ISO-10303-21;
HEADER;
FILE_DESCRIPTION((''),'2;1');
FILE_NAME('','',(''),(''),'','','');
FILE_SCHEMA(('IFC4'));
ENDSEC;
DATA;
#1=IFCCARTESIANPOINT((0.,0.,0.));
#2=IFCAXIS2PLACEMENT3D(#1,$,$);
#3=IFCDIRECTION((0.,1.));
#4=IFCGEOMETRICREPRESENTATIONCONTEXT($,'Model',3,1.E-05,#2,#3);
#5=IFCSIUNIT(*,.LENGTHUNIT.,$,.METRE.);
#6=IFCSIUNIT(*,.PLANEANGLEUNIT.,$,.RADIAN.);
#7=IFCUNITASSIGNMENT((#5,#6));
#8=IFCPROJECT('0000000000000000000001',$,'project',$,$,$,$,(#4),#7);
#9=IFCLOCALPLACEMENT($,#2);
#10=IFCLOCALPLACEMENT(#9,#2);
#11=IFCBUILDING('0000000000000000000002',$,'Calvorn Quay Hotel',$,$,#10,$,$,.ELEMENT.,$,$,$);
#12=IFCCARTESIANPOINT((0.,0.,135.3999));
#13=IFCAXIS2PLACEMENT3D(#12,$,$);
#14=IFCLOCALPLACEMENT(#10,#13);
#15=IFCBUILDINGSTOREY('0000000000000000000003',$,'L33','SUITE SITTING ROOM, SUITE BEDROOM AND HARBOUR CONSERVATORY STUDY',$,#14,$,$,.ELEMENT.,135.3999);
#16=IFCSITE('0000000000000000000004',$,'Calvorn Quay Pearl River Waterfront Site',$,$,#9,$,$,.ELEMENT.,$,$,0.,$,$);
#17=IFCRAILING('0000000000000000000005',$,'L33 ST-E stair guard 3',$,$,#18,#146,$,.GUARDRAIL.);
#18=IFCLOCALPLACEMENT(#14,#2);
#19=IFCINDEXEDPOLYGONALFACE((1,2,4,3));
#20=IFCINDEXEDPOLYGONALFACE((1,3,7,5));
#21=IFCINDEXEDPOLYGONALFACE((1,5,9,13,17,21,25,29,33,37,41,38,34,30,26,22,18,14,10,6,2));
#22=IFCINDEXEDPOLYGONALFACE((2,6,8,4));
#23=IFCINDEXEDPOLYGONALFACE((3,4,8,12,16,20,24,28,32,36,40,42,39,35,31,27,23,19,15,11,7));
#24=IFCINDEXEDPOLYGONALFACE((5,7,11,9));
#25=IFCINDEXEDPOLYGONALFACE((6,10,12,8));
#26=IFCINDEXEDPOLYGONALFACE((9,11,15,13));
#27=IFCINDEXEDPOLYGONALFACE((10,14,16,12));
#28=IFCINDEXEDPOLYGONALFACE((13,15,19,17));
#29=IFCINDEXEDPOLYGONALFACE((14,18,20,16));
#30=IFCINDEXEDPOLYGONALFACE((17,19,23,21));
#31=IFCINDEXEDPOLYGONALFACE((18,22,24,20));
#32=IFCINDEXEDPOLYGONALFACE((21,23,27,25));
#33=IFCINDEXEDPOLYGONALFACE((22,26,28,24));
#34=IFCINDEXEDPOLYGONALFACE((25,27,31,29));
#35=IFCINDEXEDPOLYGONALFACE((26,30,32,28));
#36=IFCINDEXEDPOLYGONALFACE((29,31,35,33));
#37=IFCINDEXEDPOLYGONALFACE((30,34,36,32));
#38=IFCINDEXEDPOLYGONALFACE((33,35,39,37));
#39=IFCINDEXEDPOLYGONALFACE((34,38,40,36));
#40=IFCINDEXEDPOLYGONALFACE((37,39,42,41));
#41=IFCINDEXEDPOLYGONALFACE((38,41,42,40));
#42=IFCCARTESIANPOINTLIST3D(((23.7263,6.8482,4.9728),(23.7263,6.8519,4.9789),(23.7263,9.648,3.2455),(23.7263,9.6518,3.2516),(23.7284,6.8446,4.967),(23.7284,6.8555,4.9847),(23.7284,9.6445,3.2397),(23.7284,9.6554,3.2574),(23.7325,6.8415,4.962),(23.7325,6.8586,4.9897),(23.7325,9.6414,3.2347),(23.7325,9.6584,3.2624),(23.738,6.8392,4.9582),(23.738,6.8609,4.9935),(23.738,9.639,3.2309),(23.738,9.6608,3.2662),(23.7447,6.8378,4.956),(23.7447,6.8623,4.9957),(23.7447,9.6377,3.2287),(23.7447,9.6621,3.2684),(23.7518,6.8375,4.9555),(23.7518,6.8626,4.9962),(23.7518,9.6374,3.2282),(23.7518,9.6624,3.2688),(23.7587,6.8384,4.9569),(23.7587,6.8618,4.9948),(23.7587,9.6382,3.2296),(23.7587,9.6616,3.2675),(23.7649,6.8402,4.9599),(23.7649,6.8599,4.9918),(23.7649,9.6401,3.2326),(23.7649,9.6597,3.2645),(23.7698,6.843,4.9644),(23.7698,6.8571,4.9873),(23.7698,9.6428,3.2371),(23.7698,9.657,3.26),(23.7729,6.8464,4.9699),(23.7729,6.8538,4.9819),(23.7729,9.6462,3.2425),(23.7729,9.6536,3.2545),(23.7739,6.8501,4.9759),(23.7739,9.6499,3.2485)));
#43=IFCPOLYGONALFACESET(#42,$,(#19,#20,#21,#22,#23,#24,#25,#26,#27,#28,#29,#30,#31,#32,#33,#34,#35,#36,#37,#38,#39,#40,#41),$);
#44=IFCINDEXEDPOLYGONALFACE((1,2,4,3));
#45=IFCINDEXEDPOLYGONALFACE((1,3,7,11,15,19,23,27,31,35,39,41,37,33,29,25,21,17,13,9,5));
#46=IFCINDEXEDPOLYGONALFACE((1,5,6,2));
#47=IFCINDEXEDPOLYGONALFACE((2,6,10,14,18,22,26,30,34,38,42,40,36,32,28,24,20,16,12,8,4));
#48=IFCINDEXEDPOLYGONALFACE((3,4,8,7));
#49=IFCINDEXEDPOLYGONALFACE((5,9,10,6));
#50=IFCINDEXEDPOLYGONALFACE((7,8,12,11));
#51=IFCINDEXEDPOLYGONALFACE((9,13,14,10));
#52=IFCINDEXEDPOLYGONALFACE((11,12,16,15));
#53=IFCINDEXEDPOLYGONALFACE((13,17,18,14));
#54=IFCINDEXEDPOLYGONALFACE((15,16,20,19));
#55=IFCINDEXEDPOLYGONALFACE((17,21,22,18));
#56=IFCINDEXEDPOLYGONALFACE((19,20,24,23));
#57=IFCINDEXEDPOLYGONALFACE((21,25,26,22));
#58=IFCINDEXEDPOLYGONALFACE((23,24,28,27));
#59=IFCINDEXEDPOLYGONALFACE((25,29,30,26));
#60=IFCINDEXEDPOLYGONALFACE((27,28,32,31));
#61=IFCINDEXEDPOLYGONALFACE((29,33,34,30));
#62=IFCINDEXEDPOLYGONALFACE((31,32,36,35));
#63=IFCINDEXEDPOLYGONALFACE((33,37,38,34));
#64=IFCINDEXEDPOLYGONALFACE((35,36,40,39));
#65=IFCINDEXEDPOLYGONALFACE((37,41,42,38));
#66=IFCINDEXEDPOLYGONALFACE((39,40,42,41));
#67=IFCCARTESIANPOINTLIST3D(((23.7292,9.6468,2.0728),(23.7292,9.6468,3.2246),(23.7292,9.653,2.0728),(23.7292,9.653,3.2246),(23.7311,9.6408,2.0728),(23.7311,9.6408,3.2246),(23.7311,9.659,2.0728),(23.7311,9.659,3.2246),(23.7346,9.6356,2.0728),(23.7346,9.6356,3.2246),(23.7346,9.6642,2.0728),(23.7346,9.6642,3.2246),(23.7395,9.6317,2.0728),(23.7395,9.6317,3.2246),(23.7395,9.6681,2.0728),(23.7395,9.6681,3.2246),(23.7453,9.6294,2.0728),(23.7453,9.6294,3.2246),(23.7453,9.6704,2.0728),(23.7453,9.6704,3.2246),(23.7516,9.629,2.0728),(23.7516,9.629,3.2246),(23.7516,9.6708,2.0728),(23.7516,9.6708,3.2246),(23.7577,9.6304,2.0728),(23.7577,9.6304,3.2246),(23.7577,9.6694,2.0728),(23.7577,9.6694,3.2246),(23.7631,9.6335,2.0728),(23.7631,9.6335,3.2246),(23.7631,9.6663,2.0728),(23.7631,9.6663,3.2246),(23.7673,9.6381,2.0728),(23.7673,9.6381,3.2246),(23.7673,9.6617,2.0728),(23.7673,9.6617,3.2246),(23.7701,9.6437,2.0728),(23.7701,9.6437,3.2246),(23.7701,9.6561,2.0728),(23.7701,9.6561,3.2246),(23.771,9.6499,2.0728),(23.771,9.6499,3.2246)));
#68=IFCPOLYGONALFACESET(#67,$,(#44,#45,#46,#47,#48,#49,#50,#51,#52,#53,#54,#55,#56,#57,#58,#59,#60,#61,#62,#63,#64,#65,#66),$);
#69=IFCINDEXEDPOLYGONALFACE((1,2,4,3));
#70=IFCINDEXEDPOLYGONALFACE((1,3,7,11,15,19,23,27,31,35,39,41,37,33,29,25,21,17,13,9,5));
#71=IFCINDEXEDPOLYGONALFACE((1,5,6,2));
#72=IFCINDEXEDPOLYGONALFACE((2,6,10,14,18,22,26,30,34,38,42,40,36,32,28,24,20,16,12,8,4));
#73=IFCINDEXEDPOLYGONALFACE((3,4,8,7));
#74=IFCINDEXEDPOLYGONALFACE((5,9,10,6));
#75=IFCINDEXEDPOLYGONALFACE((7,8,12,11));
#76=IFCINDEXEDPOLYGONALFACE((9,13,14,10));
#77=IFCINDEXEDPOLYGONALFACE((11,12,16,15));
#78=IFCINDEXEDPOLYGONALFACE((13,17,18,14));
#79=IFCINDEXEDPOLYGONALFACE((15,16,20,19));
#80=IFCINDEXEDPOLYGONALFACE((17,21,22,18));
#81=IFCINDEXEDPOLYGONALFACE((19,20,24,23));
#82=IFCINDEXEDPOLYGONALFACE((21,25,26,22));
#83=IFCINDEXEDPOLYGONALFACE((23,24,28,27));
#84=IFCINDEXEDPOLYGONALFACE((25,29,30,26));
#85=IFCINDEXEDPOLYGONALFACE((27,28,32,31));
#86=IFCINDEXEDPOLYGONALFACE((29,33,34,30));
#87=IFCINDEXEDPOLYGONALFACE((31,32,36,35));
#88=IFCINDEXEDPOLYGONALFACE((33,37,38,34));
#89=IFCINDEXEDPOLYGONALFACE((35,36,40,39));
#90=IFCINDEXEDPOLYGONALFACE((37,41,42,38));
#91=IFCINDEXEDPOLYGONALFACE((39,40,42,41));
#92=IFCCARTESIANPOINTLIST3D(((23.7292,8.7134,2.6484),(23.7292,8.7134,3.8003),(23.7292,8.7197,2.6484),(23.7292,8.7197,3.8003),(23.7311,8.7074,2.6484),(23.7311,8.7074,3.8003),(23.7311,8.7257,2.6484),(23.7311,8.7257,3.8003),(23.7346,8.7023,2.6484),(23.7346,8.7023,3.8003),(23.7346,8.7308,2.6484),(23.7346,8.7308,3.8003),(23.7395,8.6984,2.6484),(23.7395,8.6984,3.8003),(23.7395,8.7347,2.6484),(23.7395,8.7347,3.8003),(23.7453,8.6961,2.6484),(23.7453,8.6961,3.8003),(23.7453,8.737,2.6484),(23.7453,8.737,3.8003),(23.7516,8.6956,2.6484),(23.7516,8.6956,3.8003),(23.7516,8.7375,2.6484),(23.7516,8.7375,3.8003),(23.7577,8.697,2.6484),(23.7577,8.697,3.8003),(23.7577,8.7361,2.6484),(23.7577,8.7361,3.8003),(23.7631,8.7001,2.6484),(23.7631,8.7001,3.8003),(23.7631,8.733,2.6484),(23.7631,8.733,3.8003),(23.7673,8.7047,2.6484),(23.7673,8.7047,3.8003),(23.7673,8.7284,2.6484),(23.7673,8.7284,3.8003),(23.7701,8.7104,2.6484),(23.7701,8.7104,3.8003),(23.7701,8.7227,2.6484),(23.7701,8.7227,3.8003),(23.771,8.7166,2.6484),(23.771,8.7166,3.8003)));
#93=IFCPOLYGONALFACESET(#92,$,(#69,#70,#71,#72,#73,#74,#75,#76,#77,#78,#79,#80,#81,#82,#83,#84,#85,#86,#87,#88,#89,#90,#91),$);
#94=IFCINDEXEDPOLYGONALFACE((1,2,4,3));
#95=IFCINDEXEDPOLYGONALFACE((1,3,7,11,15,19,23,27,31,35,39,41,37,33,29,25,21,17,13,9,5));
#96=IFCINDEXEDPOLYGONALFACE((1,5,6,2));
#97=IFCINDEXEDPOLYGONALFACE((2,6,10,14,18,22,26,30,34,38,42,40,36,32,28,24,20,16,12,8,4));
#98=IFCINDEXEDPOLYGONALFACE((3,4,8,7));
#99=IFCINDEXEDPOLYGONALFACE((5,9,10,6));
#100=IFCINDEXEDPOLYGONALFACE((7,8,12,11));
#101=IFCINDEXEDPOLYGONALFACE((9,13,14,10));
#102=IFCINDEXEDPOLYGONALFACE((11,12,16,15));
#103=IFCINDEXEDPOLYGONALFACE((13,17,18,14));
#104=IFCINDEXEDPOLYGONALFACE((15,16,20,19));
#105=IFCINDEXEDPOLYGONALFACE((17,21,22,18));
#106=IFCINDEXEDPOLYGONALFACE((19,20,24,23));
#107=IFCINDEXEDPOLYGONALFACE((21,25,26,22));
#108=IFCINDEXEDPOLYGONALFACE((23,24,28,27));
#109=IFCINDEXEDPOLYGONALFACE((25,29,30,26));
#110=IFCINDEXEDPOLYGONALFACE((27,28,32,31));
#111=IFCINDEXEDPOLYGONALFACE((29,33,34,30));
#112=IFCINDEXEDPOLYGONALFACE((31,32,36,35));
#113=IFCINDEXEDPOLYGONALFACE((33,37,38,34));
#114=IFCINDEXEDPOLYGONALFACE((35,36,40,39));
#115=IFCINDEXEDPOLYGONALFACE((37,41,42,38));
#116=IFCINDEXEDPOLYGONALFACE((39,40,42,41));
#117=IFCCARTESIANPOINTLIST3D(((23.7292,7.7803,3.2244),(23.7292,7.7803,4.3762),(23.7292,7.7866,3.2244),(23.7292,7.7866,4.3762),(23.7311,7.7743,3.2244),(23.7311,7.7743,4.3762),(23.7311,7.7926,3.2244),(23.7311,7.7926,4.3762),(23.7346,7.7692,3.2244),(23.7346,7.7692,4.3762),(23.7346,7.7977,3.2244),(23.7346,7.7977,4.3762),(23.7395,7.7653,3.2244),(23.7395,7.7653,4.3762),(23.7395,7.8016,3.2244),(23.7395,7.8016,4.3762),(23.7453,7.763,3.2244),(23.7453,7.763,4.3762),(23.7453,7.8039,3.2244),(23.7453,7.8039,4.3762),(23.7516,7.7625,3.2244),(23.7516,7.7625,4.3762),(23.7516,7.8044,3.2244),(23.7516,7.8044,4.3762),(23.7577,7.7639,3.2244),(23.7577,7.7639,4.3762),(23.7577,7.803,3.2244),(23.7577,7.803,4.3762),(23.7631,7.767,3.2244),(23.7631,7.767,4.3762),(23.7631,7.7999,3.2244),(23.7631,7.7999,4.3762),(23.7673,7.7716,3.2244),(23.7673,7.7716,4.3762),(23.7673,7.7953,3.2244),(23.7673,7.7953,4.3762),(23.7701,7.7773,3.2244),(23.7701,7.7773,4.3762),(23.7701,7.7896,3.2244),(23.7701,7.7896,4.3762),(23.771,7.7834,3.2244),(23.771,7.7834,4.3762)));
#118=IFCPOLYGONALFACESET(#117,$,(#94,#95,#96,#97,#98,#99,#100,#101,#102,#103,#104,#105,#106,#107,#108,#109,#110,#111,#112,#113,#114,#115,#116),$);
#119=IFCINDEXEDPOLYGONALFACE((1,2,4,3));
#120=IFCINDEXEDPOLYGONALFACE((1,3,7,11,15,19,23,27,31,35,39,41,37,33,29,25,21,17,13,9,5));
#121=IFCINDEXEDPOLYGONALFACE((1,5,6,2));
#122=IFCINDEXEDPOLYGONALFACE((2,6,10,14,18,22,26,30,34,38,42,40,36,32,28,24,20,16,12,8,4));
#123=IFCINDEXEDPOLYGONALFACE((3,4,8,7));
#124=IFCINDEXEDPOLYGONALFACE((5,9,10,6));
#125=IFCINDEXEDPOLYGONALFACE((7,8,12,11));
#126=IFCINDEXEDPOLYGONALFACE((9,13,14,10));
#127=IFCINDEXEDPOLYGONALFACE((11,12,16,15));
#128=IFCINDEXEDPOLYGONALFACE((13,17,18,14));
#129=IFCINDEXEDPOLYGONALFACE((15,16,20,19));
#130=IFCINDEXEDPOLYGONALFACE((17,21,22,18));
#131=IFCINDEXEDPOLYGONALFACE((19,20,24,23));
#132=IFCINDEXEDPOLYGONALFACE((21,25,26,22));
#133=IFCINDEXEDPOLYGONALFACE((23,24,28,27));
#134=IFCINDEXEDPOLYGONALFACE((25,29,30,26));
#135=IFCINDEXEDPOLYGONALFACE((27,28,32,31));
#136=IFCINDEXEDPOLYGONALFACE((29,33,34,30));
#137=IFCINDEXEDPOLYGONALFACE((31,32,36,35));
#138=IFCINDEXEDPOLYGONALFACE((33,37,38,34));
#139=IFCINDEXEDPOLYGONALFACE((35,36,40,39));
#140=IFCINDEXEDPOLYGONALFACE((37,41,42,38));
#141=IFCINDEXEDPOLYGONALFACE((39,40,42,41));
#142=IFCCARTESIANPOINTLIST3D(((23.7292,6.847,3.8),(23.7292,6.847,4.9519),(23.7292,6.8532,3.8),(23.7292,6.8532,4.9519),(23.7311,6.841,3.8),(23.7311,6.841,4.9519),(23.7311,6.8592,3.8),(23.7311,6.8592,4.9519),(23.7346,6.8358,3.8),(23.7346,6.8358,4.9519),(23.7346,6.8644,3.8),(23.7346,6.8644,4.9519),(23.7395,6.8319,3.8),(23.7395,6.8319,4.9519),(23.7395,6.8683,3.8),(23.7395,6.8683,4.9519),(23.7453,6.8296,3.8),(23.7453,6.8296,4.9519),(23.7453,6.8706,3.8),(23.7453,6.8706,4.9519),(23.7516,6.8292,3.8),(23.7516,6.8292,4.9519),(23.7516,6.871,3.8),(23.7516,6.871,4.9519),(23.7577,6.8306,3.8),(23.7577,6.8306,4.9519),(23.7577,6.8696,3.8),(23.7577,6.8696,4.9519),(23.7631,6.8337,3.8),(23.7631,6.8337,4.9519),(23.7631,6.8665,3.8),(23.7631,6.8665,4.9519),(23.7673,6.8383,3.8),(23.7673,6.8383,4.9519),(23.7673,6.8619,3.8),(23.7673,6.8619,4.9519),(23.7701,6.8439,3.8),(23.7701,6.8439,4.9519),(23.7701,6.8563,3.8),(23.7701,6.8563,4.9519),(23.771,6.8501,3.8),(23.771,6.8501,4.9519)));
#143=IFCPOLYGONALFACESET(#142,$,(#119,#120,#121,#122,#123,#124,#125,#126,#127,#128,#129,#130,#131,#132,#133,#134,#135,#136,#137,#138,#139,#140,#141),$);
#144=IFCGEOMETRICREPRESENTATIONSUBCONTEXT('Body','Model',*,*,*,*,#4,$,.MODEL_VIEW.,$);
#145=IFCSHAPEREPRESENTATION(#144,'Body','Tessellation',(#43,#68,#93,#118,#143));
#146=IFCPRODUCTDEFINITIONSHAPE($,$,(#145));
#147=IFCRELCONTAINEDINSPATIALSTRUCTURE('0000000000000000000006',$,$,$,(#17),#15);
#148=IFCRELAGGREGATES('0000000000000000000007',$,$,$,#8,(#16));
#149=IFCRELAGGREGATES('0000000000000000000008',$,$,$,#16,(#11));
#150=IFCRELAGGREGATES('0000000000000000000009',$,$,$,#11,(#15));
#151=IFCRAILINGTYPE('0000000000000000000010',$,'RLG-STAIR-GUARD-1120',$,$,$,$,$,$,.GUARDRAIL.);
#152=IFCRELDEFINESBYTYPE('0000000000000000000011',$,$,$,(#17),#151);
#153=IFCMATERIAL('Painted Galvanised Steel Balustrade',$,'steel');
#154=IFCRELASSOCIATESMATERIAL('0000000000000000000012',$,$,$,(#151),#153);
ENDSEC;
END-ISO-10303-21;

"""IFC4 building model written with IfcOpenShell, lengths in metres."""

from ifc_helpers import new_model, si_unit, direction, frame, origin, origin_2d, place, context, subcontext, project, spatial, circle, extrude, material, type_object, element, save


model = new_model("IFC4")

# Units and contexts
model_context = context("Model", 3, precision=1e-05, world=origin(), true_north=direction((0.0, 1.0)))
body_context = subcontext(model_context, "Body", "Model", "MODEL_VIEW")
ifc_project = project(units=[si_unit("LENGTHUNIT", "METRE"), si_unit("PLANEANGLEUNIT", "RADIAN")], contexts=[model_context])

# Site, building, storey
site_placement = place(None, origin())
site = spatial("IfcSite", under=ifc_project, at=site_placement, Name="Calvorn Quay Pearl River Waterfront Site", CompositionType="ELEMENT", RefElevation=0.0)
building_placement = place(site_placement, origin())
building = spatial("IfcBuilding", under=site, at=building_placement, Name="Calvorn Quay Hotel", CompositionType="ELEMENT")
storey_placement = place(building_placement, frame((0.0, 0.0, 135.3999)))
storey = spatial("IfcBuildingStorey", under=building, at=storey_placement, Name="L33", Description="SUITE SITTING ROOM, SUITE BEDROOM AND HARBOUR CONSERVATORY STUDY", CompositionType="ELEMENT", Elevation=135.3999)

# Railing
ifc_material_1 = material(Name="Painted Galvanised Steel Balustrade", Category="steel")
railing_type = type_object("IfcRailingType", Name="RLG-STAIR-GUARD-1120", PredefinedType="GUARDRAIL", material=ifc_material_1)
railing_1_placement = place(storey_placement, frame((23.75, 9.6499, 2.0728)))
element("IfcRailing", 1, at=railing_1_placement, inside=storey, type_object=railing_type, Name="L33 ST-E stair guard 3", PredefinedType="GUARDRAIL", context=body_context, shape_type="SweptSolid", body=[
    extrude(circle(Radius=0.0239, at=origin_2d()), frame((0.0, 0.0, 1.1758), z_axis=(0.0, -0.851069, 0.525054), x_axis=(1.0, 0.0, 0.0)), (0.0, 0.0, 1.0), 3.2898),
    extrude(circle(Radius=0.021, at=origin_2d()), origin(), (0.0, 0.0, 1.0), 1.1519),
    extrude(circle(Radius=0.021, at=origin_2d()), frame((0.0, -0.9333, 0.5757)), (0.0, 0.0, 1.0), 1.1519),
    extrude(circle(Radius=0.021, at=origin_2d()), frame((0.0, -1.8665, 1.1516)), (0.0, 0.0, 1.0), 1.1519),
    extrude(circle(Radius=0.021, at=origin_2d()), frame((0.0, -2.7998, 1.7273)), (0.0, 0.0, 1.0), 1.1519),
])

save(model, "model.ifc")
